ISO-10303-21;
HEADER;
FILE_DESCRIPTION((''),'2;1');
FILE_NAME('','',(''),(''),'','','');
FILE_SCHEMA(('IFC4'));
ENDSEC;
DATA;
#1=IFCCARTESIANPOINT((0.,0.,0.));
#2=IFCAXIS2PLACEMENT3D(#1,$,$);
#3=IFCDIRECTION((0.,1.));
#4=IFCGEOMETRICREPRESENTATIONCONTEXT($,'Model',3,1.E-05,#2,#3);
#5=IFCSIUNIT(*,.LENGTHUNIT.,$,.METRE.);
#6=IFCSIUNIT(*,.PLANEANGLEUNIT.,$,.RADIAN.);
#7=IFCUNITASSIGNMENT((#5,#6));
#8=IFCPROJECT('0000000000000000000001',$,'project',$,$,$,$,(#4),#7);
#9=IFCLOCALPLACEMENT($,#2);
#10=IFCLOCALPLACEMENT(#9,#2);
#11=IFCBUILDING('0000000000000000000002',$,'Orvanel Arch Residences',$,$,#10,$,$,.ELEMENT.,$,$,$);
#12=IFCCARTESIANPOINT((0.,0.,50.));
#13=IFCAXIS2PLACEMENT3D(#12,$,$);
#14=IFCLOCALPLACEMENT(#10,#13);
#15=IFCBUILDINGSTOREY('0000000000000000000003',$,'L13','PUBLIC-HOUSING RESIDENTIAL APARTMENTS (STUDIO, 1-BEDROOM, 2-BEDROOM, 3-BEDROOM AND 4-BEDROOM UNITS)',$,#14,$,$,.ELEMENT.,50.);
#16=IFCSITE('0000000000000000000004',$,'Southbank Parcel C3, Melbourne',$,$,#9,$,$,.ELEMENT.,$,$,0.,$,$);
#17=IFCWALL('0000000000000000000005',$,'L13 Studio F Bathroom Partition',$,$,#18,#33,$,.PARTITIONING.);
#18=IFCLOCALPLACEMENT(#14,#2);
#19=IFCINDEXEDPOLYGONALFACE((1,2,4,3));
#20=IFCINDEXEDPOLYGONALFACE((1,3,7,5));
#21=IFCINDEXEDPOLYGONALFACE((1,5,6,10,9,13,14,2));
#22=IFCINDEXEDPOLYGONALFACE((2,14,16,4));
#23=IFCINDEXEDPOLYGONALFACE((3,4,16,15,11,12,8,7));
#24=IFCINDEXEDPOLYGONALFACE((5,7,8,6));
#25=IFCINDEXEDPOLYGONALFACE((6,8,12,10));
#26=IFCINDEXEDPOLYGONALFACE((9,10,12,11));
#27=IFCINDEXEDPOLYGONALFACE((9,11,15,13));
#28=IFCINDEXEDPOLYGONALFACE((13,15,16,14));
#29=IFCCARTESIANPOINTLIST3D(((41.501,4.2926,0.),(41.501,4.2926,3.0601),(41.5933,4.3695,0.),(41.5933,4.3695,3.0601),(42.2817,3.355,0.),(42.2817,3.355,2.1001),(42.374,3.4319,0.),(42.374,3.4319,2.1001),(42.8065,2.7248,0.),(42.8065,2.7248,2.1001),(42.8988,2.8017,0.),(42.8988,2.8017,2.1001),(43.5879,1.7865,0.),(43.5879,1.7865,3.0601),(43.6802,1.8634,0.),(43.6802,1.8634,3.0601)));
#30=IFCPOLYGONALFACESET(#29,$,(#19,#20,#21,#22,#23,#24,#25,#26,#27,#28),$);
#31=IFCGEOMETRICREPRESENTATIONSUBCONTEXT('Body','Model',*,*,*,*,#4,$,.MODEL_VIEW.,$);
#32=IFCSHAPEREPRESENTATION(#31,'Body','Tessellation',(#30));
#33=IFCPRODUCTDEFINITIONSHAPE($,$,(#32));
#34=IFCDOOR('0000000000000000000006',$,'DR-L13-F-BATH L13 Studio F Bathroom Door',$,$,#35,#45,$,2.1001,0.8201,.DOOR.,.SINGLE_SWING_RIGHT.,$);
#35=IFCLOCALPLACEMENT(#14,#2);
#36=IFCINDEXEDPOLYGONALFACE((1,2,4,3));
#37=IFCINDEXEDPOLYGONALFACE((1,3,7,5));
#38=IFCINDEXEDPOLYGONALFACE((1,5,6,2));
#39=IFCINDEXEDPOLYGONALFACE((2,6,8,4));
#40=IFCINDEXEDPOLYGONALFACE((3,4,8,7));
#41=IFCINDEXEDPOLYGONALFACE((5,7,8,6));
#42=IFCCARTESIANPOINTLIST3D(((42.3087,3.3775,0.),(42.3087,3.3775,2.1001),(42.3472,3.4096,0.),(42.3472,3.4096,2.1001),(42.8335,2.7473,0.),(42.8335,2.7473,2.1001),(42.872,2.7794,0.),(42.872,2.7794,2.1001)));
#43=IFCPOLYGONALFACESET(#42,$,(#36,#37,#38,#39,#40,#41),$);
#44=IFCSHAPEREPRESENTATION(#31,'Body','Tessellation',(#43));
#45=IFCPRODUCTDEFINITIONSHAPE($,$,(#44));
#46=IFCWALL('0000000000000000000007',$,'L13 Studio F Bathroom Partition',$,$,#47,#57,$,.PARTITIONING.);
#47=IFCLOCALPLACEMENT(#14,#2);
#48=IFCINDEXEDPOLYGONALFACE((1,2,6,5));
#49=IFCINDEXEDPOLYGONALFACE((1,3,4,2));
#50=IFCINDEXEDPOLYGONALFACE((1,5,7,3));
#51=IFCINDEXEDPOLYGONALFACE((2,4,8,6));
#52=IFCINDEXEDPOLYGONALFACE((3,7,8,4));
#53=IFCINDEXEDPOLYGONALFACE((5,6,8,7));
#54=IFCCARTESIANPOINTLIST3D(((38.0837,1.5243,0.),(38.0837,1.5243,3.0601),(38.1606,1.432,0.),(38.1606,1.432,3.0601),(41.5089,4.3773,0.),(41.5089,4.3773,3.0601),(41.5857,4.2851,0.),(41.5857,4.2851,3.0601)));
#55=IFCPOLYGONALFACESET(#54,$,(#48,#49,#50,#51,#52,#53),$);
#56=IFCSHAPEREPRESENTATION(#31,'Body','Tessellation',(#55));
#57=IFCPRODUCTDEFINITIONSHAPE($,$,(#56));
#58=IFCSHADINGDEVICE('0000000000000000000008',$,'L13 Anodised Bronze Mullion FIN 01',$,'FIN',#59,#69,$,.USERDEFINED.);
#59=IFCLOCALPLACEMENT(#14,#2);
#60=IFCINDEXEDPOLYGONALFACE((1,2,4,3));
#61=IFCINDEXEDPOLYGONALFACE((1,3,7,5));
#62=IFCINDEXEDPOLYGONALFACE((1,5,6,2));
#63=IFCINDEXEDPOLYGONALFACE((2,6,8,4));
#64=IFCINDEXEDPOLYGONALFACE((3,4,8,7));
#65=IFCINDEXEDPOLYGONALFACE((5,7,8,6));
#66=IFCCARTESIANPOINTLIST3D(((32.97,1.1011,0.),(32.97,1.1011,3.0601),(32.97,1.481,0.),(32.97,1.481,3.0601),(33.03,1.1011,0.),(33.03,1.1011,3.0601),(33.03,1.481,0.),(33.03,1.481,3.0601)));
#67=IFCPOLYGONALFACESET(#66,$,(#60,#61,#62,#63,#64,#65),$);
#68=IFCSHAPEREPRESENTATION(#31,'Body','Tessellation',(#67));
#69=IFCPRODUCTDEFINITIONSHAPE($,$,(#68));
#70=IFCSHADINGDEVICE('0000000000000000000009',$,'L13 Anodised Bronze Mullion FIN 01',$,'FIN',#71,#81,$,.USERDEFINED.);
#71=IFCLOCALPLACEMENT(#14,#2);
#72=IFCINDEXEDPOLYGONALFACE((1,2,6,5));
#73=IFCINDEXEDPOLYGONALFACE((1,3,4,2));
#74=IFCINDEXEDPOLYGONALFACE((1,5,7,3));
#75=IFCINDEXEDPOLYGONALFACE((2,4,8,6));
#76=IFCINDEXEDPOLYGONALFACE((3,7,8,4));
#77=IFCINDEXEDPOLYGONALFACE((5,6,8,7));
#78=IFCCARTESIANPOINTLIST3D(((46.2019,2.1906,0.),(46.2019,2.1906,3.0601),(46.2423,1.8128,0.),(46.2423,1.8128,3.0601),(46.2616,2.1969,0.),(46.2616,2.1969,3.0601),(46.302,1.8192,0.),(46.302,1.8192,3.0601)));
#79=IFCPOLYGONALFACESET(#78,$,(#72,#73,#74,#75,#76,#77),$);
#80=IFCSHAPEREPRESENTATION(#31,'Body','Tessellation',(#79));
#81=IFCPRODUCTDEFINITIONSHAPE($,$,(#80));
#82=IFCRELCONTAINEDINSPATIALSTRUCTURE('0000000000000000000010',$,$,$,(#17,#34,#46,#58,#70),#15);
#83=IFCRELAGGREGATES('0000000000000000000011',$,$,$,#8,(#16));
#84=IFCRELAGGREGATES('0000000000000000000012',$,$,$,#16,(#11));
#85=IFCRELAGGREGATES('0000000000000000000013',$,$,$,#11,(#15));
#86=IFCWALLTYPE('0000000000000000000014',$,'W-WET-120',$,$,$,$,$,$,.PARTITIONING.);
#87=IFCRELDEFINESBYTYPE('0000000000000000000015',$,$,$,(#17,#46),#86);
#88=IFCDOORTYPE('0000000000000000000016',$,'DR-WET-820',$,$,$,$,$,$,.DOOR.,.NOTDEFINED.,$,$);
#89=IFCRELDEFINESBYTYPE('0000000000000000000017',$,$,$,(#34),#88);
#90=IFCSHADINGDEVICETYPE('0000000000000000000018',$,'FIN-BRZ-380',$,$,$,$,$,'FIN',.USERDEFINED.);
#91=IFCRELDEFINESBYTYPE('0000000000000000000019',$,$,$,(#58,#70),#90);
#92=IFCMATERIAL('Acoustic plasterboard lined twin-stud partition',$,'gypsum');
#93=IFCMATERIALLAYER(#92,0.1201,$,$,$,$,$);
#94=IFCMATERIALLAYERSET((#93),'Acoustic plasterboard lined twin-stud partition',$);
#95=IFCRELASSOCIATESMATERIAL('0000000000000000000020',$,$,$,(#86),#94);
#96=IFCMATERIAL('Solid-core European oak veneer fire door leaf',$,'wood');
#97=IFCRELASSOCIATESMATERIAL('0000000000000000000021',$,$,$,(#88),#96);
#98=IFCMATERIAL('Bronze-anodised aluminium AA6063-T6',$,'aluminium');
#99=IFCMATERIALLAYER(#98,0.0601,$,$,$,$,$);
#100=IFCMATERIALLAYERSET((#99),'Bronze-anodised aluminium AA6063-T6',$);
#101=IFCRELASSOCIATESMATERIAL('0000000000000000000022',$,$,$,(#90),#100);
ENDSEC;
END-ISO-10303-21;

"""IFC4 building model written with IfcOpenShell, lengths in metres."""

from ifc_helpers import new_model, si_unit, direction, frame, frame_2d, origin, origin_2d, place, context, subcontext, project, spatial, rectangle, extrude, material, layer, layer_set, type_object, element, fill, save


model = new_model("IFC4")

# Units and contexts
model_context = context("Model", 3, precision=1e-05, world=origin(), true_north=direction((0.0, 1.0)))
body_context = subcontext(model_context, "Body", "Model", "MODEL_VIEW")
ifc_project = project(units=[si_unit("LENGTHUNIT", "METRE"), si_unit("PLANEANGLEUNIT", "RADIAN")], contexts=[model_context])

# Site, building, storey
site_placement = place(None, origin())
site = spatial("IfcSite", under=ifc_project, at=site_placement, Name="Southbank Parcel C3, Melbourne", CompositionType="ELEMENT", RefElevation=0.0)
building_placement = place(site_placement, origin())
building = spatial("IfcBuilding", under=site, at=building_placement, Name="Orvanel Arch Residences", CompositionType="ELEMENT")
storey_placement = place(building_placement, frame((0.0, 0.0, 50.0)))
storey = spatial("IfcBuildingStorey", under=building, at=storey_placement, Name="L13", Description="PUBLIC-HOUSING RESIDENTIAL APARTMENTS (STUDIO, 1-BEDROOM, 2-BEDROOM, 3-BEDROOM AND 4-BEDROOM UNITS)", CompositionType="ELEMENT", Elevation=50.0)

# Shared definitions
ifc_material_1 = material(Name="Bronze-anodised aluminium AA6063-T6", Category="aluminium")

# Wall, opening, door
ifc_material_2 = material(Name="Acoustic plasterboard lined twin-stud partition", Category="gypsum")
ifc_layer_1 = layer(ifc_material_2, 0.1201)
ifc_layer_set_1 = layer_set([ifc_layer_1], Name="Acoustic plasterboard lined twin-stud partition")
wall_type = type_object("IfcWallType", Name="W-WET-120", PredefinedType="PARTITIONING", material=ifc_layer_set_1)
wall_1_placement = place(storey_placement, frame((43.634, 1.825, 0.0), z_axis=(0.0, 0.0, 1.0), x_axis=(-0.639912, 0.768448, 0.0)))
wall_1 = element("IfcWall", 1, at=wall_1_placement, inside=storey, type_object=wall_type, Name="L13 Studio F Bathroom Partition", PredefinedType="PARTITIONING", context=body_context, shape_type="SweptSolid", body=[
    extrude(rectangle(XDim=3.2612, YDim=0.1201, at=frame_2d((1.6306, 0.0))), origin(), (0.0, 0.0, 1.0), 3.0601),
])
opening_placement = place(wall_1_placement, frame((1.2209, 0.0, 0.0)))
opening = element("IfcOpeningElement", 2, at=opening_placement, cuts=wall_1, PredefinedType="OPENING", context=body_context, shape_type="SweptSolid", body=[
    extrude(rectangle(XDim=0.8201, YDim=2.1001, at=frame_2d((0.4102, 1.05))), frame((0.0, 0.0701, 0.0), z_axis=(0.0, -1.0, 0.0), x_axis=(1.0, 0.0, 0.0)), (0.0, 0.0, 1.0), 0.1401),
])
ifc_material_3 = material(Name="Solid-core European oak veneer fire door leaf", Category="wood")
door_type = type_object("IfcDoorType", Name="DR-WET-820", OperationType="NOTDEFINED", PredefinedType="DOOR", material=ifc_material_3)
door_placement = place(opening_placement, origin())
door = element("IfcDoor", 3, at=door_placement, inside=storey, type_object=door_type, Name="DR-L13-F-BATH L13 Studio F Bathroom Door", OperationType="SINGLE_SWING_RIGHT", OverallHeight=2.1001, OverallWidth=0.8201, PredefinedType="DOOR", context=body_context, shape_type="SweptSolid", body=[
    extrude(rectangle(XDim=0.8201, YDim=2.1001, at=frame_2d((0.4102, 1.05))), frame((0.0, 0.0249, 0.0), z_axis=(0.0, -1.0, 0.0), x_axis=(1.0, 0.0, 0.0)), (0.0, 0.0, 1.0), 0.05),
])
fill(opening, door)

# Wall
wall_2_placement = place(storey_placement, frame((38.1221, 1.478, 0.0), z_axis=(0.0, 0.0, 1.0), x_axis=(0.768351, 0.640028, 0.0)))
element("IfcWall", 4, at=wall_2_placement, inside=storey, type_object=wall_type, Name="L13 Studio F Bathroom Partition", PredefinedType="PARTITIONING", context=body_context, shape_type="SweptSolid", body=[
    extrude(rectangle(XDim=4.4578, YDim=0.1201, at=frame_2d((2.229, 0.0))), origin(), (0.0, 0.0, 1.0), 3.0601),
])

# Shading devices
ifc_layer_2 = layer(ifc_material_1, 0.0601)
ifc_layer_set_2 = layer_set([ifc_layer_2], Name="Bronze-anodised aluminium AA6063-T6")
shading_device_type = type_object("IfcShadingDeviceType", Name="FIN-BRZ-380", ElementType="FIN", PredefinedType="USERDEFINED", material=ifc_layer_set_2)
for number, where, z_axis, x_axis, name in (
    (5, (33.0, 1.291, 0.0), (0.0, 0.0, 1.0), (0.0, -1.0, 0.0), "L13 Anodised Bronze Mullion FIN 01"),
    (6, (46.252, 2.0049, 0.0), (0.0, 0.0, 1.0), (0.106264, -0.994338, 0.0), "L13 Anodised Bronze Mullion FIN 01"),
):
    element("IfcShadingDevice", number, at=place(storey_placement, frame(where, z_axis=z_axis, x_axis=x_axis)), inside=storey, type_object=shading_device_type, Name=name, ObjectType="FIN", PredefinedType="USERDEFINED", context=body_context, shape_type="SweptSolid", body=[
        extrude(rectangle(XDim=0.3799, YDim=0.0601, at=origin_2d()), origin(), (0.0, 0.0, 1.0), 3.0601),
    ])

save(model, "model.ifc")
